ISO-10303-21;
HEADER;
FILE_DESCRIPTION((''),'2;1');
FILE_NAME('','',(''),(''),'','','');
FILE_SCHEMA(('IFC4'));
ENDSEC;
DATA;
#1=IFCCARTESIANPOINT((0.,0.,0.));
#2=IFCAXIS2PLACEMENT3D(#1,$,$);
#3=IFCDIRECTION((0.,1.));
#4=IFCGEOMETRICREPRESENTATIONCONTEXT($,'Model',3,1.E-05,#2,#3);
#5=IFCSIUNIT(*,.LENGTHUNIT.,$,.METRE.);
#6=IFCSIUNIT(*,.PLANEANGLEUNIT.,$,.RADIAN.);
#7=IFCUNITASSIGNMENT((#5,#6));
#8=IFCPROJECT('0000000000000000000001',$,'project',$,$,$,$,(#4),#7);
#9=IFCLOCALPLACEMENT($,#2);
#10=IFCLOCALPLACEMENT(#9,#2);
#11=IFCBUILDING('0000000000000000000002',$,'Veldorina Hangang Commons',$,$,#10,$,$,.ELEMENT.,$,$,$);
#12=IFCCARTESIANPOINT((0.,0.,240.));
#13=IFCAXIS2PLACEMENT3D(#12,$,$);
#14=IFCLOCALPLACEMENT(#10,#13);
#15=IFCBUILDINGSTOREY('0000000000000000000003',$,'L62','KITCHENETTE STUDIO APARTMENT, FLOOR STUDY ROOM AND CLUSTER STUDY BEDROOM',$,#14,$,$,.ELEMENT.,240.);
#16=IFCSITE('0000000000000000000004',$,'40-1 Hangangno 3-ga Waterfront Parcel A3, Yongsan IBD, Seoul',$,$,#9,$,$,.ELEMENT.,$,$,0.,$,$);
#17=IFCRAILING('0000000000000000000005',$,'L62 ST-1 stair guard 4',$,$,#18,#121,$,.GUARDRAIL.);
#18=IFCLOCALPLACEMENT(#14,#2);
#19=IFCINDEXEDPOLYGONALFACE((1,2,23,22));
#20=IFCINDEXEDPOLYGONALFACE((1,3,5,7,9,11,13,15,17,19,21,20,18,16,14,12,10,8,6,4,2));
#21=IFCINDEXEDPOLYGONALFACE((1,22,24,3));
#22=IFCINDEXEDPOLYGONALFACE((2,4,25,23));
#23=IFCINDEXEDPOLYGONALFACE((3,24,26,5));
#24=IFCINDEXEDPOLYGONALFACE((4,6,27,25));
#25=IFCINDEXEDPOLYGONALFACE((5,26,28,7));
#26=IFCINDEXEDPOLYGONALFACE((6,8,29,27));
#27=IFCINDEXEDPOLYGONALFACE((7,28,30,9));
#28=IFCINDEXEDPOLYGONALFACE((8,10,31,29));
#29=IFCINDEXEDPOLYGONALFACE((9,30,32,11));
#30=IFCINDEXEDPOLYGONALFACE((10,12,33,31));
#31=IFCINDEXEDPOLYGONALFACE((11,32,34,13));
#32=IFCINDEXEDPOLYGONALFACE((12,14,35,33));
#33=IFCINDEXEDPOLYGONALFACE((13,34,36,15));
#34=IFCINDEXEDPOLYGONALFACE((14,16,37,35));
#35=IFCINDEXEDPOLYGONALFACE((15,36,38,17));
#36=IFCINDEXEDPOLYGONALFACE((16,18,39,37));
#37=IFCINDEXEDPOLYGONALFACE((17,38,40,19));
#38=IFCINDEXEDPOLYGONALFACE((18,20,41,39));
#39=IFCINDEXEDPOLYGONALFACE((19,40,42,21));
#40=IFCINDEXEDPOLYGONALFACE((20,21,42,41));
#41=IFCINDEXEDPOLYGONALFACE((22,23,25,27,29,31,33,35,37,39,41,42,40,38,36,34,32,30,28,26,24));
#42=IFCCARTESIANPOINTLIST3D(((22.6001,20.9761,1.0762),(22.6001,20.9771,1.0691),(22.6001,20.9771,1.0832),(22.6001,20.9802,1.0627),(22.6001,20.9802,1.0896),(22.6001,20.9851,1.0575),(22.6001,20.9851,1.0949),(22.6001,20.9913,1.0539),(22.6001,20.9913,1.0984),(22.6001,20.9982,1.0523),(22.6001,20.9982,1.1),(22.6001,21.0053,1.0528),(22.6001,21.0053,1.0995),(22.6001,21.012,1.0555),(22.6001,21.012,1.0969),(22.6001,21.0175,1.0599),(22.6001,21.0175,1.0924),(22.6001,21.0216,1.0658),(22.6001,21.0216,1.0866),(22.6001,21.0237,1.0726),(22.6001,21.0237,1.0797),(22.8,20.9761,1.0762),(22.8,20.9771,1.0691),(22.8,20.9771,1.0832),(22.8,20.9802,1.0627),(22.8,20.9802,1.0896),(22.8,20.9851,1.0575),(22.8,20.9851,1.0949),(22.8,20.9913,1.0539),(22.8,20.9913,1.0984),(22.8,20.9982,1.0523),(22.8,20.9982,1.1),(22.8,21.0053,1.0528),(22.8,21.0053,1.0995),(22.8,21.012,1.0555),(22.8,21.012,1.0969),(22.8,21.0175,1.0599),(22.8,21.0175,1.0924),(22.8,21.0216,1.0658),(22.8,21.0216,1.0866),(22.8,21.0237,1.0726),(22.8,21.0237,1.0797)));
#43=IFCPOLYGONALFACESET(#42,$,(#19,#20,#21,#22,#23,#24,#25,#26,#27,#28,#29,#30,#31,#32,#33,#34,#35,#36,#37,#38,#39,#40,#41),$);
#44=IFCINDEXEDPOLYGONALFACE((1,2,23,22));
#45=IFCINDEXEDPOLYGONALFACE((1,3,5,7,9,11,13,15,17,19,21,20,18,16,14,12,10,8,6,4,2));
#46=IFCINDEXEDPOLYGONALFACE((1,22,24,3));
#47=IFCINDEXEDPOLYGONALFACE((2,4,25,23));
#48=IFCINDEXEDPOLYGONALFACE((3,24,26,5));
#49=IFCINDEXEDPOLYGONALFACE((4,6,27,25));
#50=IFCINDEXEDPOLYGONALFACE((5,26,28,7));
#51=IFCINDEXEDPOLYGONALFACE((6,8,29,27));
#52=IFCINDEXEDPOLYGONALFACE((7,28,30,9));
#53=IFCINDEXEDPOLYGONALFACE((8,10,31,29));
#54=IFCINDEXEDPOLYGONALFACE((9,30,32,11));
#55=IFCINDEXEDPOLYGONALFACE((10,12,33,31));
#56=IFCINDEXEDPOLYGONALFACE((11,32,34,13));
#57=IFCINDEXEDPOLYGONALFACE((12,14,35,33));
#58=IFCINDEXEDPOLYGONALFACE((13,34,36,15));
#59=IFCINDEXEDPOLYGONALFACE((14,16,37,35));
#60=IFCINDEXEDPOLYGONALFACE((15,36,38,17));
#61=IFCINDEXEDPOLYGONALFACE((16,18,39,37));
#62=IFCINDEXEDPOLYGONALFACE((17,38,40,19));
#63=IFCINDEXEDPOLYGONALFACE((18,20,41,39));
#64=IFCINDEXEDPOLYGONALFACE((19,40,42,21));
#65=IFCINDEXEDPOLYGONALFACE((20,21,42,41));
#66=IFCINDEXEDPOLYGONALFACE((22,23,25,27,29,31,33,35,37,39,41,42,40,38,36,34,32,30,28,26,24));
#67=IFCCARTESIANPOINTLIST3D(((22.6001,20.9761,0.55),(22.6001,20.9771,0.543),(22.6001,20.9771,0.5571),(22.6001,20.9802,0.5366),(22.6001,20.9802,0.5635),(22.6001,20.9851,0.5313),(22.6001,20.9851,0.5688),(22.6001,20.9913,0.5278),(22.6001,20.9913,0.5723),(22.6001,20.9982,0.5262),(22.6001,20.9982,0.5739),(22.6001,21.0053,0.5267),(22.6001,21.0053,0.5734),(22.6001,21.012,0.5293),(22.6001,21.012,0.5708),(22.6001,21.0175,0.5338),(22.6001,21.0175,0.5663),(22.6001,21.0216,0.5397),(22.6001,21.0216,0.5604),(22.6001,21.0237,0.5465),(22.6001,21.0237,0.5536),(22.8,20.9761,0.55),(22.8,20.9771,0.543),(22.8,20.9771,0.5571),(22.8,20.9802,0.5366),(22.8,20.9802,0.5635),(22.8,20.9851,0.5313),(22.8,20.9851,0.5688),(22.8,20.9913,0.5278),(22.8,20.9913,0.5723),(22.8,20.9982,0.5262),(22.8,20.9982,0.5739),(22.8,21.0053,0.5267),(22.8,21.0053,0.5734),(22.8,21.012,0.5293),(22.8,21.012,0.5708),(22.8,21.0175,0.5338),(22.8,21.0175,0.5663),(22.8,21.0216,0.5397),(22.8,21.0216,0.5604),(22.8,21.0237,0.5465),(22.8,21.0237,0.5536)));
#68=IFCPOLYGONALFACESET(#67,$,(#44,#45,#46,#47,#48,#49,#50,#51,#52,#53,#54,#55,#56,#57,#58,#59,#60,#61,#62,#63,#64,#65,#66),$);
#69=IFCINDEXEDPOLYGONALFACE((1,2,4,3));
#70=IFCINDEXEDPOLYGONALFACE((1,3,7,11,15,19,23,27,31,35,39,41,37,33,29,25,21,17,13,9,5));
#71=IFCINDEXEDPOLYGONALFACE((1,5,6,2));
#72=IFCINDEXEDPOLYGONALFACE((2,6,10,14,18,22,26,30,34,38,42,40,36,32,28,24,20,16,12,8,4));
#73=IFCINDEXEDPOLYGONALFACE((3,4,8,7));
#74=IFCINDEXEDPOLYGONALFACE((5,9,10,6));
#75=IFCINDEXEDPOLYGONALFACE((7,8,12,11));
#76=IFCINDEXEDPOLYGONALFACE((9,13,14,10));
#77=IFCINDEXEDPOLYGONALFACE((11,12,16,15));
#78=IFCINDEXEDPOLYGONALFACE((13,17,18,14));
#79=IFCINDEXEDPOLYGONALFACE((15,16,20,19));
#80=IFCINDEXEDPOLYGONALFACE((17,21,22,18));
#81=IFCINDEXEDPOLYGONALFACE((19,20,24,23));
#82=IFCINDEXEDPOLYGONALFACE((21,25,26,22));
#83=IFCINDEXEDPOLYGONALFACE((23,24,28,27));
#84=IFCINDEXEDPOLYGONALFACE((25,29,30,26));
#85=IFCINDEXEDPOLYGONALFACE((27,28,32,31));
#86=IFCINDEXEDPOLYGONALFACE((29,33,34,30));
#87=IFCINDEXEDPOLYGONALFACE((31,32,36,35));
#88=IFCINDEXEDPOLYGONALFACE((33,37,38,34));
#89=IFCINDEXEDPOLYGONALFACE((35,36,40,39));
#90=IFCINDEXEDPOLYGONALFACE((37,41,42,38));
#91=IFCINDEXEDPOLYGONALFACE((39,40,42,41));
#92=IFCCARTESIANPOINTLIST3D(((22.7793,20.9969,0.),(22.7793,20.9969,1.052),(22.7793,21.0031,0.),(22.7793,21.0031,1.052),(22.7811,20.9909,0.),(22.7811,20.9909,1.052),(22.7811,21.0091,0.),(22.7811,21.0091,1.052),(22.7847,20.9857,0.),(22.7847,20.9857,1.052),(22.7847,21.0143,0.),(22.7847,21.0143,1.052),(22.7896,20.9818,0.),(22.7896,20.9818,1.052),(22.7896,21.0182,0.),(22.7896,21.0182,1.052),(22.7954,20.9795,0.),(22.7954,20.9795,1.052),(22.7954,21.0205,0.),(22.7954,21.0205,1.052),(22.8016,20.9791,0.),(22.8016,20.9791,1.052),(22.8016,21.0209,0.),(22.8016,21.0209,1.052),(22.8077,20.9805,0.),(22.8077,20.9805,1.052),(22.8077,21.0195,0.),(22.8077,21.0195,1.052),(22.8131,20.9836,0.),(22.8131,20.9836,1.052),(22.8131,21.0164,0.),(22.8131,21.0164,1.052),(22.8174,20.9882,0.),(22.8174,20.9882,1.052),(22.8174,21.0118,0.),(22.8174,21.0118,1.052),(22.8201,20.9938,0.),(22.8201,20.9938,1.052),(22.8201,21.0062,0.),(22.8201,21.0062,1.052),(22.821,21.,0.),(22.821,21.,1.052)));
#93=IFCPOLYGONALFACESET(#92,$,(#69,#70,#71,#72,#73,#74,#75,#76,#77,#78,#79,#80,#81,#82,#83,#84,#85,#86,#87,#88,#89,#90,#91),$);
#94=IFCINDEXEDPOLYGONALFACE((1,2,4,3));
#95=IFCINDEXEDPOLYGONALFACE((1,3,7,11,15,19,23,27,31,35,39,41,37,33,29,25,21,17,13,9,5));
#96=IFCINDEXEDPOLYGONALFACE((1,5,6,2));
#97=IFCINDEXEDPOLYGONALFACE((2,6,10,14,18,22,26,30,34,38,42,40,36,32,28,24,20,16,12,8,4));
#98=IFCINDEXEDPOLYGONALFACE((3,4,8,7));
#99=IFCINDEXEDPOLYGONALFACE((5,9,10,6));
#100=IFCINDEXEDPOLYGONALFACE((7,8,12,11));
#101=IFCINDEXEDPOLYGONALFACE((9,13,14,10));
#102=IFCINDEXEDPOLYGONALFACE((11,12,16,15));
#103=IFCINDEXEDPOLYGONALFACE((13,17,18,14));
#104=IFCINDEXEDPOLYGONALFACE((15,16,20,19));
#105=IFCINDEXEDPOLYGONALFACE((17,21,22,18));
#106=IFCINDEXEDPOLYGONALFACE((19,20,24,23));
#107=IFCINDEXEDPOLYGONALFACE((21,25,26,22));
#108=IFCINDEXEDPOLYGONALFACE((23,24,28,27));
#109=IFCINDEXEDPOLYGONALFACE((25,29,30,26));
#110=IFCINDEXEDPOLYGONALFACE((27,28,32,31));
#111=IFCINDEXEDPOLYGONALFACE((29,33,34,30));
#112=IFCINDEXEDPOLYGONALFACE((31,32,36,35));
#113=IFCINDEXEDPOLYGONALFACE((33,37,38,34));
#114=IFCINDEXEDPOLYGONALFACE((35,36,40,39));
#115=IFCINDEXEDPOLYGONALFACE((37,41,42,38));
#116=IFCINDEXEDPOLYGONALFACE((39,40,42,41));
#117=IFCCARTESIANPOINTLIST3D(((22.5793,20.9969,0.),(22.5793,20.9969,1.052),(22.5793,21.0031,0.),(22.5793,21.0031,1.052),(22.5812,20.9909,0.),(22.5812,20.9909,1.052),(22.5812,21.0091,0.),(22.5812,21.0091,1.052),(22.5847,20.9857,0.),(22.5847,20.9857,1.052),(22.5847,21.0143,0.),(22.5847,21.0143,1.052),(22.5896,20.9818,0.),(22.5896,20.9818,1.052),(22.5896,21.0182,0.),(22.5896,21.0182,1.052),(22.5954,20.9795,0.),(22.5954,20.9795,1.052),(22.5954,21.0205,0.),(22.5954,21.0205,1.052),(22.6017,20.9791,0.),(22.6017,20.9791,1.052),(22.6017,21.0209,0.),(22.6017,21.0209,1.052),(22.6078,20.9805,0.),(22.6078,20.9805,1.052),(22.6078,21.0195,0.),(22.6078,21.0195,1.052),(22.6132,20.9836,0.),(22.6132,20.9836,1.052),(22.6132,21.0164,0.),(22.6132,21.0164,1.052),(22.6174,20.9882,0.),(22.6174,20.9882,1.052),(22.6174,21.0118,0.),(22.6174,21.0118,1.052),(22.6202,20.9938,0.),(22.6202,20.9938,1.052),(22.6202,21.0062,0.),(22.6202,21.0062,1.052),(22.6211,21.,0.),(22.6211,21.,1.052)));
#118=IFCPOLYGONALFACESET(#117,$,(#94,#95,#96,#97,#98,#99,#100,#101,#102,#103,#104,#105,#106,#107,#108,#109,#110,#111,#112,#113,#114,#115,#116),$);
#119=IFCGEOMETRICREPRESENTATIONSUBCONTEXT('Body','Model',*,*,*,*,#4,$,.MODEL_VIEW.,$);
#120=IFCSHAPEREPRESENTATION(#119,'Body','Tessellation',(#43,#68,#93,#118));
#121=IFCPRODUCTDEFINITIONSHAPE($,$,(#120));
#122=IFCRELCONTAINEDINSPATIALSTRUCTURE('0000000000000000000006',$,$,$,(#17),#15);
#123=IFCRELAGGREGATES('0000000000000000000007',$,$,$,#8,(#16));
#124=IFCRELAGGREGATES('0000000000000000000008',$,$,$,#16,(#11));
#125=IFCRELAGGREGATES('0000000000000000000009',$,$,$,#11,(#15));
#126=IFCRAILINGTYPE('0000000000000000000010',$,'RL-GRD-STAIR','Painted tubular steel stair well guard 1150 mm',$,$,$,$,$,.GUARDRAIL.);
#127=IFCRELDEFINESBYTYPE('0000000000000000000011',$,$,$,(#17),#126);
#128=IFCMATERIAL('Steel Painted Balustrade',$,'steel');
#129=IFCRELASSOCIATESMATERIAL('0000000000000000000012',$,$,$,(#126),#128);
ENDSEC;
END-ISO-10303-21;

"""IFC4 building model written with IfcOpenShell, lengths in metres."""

from ifc_helpers import new_model, si_unit, direction, frame, origin, origin_2d, place, context, subcontext, project, spatial, circle, extrude, material, type_object, element, save


model = new_model("IFC4")

# Units and contexts
model_context = context("Model", 3, precision=1e-05, world=origin(), true_north=direction((0.0, 1.0)))
body_context = subcontext(model_context, "Body", "Model", "MODEL_VIEW")
ifc_project = project(units=[si_unit("LENGTHUNIT", "METRE"), si_unit("PLANEANGLEUNIT", "RADIAN")], contexts=[model_context])

# Site, building, storey
site_placement = place(None, origin())
site = spatial("IfcSite", under=ifc_project, at=site_placement, Name="40-1 Hangangno 3-ga Waterfront Parcel A3, Yongsan IBD, Seoul", CompositionType="ELEMENT", RefElevation=0.0)
building_placement = place(site_placement, origin())
building = spatial("IfcBuilding", under=site, at=building_placement, Name="Veldorina Hangang Commons", CompositionType="ELEMENT")
storey_placement = place(building_placement, frame((0.0, 0.0, 240.0)))
storey = spatial("IfcBuildingStorey", under=building, at=storey_placement, Name="L62", Description="KITCHENETTE STUDIO APARTMENT, FLOOR STUDY ROOM AND CLUSTER STUDY BEDROOM", CompositionType="ELEMENT", Elevation=240.0)

# Railing
ifc_material_1 = material(Name="Steel Painted Balustrade", Category="steel")
railing_type = type_object("IfcRailingType", Name="RL-GRD-STAIR", Description="Painted tubular steel stair well guard 1150 mm", PredefinedType="GUARDRAIL", material=ifc_material_1)
railing_1_placement = place(storey_placement, frame((22.8, 21.0, 0.0)))
element("IfcRailing", 1, at=railing_1_placement, inside=storey, type_object=railing_type, Name="L62 ST-1 stair guard 4", PredefinedType="GUARDRAIL", context=body_context, shape_type="SweptSolid", body=[
    extrude(circle(Radius=0.0239, at=origin_2d()), frame((0.0, 0.0, 1.0762), z_axis=(-1.0, 0.0, 0.0), x_axis=(0.0, -1.0, 0.0)), (0.0, 0.0, 1.0), 0.2),
    extrude(circle(Radius=0.0239, at=origin_2d()), frame((0.0, 0.0, 0.55), z_axis=(-1.0, 0.0, 0.0), x_axis=(0.0, -1.0, 0.0)), (0.0, 0.0, 1.0), 0.2),
    extrude(circle(Radius=0.021, at=origin_2d()), origin(), (0.0, 0.0, 1.0), 1.052),
    extrude(circle(Radius=0.021, at=origin_2d()), frame((-0.2, 0.0, 0.0)), (0.0, 0.0, 1.0), 1.052),
])

save(model, "model.ifc")
